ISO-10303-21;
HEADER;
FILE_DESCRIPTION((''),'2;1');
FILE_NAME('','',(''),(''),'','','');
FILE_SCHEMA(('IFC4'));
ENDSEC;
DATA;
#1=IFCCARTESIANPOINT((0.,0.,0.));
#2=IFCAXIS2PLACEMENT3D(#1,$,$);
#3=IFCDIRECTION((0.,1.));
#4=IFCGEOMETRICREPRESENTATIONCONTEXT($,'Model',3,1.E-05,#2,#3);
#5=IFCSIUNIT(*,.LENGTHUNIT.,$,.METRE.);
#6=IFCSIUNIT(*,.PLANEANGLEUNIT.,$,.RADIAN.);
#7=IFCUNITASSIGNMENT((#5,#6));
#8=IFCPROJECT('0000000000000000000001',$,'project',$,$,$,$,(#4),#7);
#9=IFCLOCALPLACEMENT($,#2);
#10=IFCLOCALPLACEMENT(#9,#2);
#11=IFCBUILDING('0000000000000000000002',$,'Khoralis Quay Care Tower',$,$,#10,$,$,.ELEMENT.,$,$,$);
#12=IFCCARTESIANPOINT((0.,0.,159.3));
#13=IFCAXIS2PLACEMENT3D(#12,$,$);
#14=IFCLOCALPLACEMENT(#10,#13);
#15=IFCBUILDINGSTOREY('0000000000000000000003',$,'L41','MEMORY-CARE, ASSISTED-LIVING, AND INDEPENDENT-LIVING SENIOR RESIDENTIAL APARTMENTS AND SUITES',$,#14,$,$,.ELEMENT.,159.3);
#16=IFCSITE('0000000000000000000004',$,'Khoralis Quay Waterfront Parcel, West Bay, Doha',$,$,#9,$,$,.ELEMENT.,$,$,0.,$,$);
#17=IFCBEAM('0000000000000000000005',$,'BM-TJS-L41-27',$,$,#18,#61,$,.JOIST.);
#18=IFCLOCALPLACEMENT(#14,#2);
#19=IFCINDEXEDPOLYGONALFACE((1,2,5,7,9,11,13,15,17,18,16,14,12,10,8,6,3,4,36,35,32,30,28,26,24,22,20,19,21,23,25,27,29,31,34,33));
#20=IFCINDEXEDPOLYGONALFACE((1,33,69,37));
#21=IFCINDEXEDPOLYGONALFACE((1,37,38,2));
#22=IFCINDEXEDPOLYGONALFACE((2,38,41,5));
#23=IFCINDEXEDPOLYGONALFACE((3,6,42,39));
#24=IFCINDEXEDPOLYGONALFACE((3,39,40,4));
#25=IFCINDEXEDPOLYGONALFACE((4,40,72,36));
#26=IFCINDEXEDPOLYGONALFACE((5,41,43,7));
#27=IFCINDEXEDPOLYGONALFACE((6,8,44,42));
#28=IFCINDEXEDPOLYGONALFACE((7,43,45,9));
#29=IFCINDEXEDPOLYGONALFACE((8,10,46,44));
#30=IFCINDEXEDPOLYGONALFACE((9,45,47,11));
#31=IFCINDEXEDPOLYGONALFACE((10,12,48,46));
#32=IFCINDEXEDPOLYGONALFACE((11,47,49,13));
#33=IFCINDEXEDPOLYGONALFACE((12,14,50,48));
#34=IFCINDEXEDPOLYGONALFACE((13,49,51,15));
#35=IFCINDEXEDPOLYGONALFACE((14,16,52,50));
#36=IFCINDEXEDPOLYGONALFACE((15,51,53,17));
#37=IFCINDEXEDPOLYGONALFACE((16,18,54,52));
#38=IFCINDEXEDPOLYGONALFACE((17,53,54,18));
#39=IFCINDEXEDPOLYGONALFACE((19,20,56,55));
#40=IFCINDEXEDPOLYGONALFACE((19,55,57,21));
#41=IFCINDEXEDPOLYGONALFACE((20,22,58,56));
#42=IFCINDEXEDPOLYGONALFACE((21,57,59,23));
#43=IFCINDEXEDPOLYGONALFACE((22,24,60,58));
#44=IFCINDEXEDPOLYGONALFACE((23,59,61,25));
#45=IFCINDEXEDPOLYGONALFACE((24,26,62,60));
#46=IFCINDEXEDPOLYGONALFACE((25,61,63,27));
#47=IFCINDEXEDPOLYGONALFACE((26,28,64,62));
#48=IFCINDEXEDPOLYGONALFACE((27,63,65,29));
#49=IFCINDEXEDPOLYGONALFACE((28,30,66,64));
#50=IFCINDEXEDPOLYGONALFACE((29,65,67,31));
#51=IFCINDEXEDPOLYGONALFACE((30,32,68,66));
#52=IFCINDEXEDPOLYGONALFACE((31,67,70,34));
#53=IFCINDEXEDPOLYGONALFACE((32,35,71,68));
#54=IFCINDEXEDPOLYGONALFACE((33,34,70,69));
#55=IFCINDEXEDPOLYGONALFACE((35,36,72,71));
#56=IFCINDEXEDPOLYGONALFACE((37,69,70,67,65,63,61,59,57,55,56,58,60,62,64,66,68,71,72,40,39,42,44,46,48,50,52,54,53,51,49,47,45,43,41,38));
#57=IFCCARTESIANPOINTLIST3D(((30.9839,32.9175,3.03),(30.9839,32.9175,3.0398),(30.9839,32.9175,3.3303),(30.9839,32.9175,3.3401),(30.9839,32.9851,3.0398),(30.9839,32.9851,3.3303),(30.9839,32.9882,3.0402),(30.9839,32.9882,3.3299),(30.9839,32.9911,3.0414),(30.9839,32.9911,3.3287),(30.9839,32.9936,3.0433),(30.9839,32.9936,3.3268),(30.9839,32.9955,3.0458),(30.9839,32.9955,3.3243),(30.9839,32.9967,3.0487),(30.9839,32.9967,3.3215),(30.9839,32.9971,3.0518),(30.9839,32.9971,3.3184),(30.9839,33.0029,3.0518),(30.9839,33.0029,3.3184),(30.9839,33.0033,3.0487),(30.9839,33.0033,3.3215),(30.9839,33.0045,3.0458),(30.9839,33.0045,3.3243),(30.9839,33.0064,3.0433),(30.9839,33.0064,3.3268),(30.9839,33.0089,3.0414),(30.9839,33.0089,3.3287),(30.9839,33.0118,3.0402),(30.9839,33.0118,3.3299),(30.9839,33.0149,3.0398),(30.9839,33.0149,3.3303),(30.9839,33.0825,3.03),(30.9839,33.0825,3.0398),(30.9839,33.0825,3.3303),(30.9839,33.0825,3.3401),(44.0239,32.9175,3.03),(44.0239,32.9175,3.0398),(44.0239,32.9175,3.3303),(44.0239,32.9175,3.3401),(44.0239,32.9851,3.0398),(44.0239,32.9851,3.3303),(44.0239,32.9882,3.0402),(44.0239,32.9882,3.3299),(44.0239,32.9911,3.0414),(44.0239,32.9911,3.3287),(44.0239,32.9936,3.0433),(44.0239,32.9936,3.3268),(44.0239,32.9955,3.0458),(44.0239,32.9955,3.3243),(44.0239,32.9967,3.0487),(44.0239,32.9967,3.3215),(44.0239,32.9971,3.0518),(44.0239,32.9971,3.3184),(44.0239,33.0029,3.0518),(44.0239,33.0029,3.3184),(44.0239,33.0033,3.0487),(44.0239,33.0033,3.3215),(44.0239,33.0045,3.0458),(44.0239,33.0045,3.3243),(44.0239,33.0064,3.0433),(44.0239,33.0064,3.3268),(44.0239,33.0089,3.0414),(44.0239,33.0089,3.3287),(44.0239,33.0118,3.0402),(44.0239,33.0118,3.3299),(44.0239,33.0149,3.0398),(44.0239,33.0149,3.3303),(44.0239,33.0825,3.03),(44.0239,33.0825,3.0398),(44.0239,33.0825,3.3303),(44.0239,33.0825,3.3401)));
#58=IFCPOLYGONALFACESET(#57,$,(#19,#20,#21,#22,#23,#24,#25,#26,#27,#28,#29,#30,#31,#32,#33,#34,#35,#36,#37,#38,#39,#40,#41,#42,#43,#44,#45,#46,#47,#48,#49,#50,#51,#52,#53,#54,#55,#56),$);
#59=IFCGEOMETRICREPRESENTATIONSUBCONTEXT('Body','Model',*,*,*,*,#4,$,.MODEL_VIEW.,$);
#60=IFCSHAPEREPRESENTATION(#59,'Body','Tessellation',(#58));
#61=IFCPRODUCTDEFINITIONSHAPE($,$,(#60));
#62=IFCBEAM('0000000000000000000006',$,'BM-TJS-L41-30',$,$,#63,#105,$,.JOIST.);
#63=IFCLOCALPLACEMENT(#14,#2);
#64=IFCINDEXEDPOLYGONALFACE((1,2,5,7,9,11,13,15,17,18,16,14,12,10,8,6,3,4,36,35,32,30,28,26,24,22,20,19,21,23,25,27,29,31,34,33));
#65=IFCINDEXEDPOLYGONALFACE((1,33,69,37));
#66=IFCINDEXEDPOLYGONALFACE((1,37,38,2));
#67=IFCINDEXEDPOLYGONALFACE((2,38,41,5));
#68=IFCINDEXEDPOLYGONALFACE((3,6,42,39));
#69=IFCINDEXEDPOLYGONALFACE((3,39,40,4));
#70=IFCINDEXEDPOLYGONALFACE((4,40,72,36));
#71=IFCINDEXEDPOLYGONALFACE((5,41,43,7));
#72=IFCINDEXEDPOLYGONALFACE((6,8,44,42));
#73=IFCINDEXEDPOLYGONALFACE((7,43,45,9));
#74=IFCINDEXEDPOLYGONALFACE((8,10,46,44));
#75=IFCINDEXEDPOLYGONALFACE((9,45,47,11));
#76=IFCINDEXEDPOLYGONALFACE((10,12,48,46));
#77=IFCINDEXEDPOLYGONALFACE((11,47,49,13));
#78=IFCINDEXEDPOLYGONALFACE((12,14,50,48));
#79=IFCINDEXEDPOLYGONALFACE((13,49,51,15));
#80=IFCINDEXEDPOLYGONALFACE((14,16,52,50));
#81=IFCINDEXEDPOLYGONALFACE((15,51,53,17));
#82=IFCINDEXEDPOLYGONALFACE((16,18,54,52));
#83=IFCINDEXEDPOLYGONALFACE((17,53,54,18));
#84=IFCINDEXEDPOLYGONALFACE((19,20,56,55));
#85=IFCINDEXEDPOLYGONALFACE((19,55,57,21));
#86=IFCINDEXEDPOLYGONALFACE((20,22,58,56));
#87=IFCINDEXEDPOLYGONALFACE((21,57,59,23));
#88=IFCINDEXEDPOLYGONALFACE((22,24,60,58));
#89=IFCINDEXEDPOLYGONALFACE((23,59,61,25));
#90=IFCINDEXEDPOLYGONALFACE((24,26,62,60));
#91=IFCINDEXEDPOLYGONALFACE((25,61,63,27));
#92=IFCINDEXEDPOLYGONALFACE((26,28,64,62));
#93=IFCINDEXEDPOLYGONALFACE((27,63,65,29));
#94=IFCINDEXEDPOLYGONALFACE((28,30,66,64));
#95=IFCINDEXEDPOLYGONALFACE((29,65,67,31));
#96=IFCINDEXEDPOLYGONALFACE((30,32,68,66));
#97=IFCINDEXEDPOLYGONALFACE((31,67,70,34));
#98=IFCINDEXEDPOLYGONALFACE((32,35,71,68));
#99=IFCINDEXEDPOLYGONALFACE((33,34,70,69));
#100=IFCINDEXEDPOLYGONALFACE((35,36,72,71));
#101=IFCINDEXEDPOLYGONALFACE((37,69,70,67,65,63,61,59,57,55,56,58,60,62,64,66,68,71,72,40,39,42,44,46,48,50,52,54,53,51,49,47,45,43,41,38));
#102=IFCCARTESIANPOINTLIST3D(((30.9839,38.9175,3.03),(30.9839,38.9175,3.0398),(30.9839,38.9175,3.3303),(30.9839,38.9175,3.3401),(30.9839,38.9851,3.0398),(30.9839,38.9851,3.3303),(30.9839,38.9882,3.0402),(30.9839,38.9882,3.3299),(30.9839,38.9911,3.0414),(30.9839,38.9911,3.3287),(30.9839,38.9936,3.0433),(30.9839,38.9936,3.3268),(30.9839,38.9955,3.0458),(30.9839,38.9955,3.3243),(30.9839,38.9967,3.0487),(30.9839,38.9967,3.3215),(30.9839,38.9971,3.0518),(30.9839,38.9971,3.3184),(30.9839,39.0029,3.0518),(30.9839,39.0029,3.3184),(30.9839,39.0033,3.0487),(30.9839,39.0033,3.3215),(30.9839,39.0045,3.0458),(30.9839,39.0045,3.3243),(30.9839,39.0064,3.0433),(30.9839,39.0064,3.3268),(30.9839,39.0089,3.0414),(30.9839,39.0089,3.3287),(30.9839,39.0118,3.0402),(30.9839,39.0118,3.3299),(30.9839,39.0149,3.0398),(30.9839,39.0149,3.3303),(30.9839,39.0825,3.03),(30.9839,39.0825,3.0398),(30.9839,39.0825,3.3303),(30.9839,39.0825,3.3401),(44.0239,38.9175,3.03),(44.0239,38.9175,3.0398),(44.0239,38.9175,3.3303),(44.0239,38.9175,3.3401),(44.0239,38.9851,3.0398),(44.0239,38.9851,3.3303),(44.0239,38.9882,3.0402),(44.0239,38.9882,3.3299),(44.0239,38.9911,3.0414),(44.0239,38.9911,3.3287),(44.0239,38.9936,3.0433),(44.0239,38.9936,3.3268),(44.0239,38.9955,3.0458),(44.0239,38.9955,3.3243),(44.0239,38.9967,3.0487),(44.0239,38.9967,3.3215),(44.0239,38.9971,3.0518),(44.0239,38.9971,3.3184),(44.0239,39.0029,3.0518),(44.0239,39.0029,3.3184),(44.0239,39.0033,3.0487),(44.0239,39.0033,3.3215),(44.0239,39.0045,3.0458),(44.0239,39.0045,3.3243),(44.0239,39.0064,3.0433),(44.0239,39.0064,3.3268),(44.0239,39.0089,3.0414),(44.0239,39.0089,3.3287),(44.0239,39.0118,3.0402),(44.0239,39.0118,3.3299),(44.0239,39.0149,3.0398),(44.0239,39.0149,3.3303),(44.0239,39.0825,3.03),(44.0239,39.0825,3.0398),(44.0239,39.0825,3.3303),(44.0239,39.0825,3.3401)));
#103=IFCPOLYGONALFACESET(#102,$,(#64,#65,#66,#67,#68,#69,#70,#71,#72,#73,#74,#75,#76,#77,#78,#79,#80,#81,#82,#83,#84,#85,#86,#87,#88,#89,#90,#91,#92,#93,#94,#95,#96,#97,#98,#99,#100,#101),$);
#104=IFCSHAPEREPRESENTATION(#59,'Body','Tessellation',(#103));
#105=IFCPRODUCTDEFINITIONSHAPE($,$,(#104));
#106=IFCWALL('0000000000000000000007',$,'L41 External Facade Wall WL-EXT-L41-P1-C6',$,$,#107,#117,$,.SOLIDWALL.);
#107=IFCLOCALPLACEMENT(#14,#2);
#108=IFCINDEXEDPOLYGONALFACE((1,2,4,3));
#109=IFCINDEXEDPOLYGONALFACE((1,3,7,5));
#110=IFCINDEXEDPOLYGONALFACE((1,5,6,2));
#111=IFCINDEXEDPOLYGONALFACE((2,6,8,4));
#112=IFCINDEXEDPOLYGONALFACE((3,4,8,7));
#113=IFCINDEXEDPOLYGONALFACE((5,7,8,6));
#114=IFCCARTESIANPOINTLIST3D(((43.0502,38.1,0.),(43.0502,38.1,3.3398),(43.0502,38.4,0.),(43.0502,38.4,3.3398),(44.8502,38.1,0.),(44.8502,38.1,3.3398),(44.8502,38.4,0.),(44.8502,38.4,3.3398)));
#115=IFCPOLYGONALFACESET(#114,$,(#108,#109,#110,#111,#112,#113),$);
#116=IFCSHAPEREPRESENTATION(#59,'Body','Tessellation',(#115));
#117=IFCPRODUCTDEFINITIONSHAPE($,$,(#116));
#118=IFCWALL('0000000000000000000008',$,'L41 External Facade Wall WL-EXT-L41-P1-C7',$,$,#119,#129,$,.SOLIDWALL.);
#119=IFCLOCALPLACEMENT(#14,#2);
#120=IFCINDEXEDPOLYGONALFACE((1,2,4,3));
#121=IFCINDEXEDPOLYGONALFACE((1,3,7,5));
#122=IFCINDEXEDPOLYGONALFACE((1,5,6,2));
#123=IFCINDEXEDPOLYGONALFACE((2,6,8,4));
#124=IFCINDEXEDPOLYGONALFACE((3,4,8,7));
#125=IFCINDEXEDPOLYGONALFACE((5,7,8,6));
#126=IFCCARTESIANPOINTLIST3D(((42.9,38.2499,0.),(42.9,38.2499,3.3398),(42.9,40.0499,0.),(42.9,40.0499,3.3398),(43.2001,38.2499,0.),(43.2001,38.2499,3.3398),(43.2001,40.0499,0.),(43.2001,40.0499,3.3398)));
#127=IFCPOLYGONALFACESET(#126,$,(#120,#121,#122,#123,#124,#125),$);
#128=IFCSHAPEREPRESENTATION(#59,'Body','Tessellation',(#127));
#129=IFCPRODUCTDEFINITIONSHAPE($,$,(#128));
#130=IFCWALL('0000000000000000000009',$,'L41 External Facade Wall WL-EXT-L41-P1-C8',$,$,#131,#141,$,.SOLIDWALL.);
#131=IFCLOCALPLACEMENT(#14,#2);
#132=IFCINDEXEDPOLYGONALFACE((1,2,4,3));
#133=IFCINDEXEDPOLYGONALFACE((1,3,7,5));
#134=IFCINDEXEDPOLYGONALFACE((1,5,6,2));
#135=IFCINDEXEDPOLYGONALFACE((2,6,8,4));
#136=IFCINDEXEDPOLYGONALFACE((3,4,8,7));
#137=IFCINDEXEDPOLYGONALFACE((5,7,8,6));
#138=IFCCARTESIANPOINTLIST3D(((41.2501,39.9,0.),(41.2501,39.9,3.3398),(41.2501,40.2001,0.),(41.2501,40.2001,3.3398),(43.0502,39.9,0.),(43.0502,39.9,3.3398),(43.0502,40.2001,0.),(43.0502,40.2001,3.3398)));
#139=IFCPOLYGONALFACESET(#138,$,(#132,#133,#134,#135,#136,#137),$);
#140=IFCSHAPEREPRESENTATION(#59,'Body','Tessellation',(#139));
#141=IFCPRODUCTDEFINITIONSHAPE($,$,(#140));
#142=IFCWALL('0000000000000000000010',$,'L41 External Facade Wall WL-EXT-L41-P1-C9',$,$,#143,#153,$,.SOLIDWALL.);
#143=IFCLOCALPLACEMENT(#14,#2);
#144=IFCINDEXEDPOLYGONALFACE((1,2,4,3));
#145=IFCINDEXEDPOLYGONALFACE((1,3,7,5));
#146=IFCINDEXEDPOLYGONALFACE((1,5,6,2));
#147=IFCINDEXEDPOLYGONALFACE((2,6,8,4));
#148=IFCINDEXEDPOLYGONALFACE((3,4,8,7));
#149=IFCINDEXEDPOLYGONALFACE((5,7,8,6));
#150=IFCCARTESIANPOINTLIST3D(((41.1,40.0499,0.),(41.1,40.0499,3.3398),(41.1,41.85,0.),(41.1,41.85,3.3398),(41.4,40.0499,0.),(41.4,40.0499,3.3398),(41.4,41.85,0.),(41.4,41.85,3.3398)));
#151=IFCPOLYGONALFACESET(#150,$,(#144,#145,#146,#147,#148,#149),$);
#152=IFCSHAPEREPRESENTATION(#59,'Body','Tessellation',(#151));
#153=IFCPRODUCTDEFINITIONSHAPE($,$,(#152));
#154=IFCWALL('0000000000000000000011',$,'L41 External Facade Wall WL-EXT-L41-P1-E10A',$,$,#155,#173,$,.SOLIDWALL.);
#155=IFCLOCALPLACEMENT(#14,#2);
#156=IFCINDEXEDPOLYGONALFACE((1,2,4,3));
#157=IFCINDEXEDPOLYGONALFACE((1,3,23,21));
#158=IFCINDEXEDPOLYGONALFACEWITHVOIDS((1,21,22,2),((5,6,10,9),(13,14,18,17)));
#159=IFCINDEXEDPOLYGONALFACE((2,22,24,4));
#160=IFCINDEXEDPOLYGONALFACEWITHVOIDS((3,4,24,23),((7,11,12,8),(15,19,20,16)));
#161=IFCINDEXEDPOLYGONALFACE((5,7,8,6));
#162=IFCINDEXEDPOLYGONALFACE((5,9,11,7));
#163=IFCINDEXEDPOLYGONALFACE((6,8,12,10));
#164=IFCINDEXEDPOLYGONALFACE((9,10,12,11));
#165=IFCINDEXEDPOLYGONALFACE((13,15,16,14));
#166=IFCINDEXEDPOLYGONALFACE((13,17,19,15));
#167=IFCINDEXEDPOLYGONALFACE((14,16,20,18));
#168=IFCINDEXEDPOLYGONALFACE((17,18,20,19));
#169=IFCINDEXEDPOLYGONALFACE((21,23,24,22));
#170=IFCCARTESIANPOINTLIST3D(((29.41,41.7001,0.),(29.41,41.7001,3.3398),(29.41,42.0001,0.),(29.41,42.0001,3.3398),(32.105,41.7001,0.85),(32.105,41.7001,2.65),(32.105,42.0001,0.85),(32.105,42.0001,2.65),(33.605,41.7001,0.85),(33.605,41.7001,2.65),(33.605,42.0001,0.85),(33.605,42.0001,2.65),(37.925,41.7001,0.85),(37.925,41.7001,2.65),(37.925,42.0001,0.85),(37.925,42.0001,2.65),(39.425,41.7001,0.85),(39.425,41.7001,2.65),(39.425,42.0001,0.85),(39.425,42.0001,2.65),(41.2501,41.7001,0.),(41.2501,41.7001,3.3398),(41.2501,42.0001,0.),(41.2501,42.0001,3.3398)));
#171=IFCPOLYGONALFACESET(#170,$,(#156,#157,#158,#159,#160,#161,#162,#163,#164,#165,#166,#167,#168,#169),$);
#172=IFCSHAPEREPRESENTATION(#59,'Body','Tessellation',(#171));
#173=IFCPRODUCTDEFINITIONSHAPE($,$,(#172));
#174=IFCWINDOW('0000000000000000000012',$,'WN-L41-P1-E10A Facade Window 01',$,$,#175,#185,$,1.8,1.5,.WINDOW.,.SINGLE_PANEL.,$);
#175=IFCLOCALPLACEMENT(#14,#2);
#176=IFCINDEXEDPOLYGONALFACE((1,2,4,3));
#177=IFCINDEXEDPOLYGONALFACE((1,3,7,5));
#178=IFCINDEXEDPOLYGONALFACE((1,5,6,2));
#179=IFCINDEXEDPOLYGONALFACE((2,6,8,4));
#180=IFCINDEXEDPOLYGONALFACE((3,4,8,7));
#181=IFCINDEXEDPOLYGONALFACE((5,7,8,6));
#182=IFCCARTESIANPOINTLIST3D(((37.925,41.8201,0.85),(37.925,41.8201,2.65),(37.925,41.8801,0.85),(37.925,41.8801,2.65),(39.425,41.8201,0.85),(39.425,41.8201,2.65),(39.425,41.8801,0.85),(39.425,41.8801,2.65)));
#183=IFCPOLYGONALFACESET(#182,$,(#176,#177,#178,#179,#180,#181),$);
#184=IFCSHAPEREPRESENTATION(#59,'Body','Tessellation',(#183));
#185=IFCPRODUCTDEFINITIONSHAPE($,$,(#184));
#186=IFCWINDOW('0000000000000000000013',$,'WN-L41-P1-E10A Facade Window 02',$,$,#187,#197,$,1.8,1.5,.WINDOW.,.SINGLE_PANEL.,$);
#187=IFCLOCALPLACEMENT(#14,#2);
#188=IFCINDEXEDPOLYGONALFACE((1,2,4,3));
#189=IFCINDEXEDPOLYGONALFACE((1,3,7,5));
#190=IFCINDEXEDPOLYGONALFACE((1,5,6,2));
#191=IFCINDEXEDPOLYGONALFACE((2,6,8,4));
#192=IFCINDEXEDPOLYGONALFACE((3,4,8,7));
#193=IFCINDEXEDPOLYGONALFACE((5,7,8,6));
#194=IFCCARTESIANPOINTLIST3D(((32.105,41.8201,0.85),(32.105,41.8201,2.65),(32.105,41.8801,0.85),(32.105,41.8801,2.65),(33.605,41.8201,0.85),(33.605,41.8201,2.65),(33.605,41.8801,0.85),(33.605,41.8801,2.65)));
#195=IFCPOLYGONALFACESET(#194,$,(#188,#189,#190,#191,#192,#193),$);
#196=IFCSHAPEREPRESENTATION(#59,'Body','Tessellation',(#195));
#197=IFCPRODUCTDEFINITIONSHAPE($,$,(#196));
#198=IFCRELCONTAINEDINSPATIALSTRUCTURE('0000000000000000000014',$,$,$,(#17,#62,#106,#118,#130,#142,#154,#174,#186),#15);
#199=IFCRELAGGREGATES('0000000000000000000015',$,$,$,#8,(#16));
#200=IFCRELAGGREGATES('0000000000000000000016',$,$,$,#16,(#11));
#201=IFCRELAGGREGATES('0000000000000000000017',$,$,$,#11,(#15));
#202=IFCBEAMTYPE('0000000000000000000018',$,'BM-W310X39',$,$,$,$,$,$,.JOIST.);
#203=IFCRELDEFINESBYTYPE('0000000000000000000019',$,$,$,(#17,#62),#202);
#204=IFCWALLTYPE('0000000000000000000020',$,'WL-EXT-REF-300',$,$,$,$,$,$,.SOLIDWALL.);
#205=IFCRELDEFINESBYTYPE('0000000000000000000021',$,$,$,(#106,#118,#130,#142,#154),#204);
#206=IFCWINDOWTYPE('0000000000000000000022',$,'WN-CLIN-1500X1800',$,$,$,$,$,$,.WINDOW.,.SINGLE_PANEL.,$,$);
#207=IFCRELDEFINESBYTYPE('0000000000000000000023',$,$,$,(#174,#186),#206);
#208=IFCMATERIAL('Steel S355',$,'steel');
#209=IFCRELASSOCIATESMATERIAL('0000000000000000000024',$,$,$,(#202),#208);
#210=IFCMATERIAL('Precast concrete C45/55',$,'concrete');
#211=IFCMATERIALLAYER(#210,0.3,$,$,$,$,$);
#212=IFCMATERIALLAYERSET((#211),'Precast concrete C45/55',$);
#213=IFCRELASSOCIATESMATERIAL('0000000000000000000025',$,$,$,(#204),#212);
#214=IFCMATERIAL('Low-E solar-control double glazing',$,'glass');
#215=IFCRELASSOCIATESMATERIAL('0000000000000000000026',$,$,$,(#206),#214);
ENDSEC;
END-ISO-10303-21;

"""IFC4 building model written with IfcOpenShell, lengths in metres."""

from ifc_helpers import new_model, si_unit, direction, frame, frame_2d, origin, origin_2d, place, context, subcontext, project, spatial, rectangle, i_section, extrude, source, transform, mapped, material, layer, layer_set, material_profile, profile_set, type_object, element, fill, save


model = new_model("IFC4")

# Units and contexts
model_context = context("Model", 3, precision=1e-05, world=origin(), true_north=direction((0.0, 1.0)))
body_context = subcontext(model_context, "Body", "Model", "MODEL_VIEW")
ifc_project = project(units=[si_unit("LENGTHUNIT", "METRE"), si_unit("PLANEANGLEUNIT", "RADIAN")], contexts=[model_context])

# Site, building, storey
site_placement = place(None, origin())
site = spatial("IfcSite", under=ifc_project, at=site_placement, Name="Khoralis Quay Waterfront Parcel, West Bay, Doha", CompositionType="ELEMENT", RefElevation=0.0)
building_placement = place(site_placement, origin())
building = spatial("IfcBuilding", under=site, at=building_placement, Name="Khoralis Quay Care Tower", CompositionType="ELEMENT")
storey_placement = place(building_placement, frame((0.0, 0.0, 159.3)))
storey = spatial("IfcBuildingStorey", under=building, at=storey_placement, Name="L41", Description="MEMORY-CARE, ASSISTED-LIVING, AND INDEPENDENT-LIVING SENIOR RESIDENTIAL APARTMENTS AND SUITES", CompositionType="ELEMENT", Elevation=159.3)

# Beams
ifc_material_1 = material(Name="Steel S355", Category="steel")
ifc_material_profile_1 = material_profile(ifc_material_1, i_section(OverallWidth=0.165, OverallDepth=0.3101, WebThickness=0.0059, FlangeThickness=0.0098, FilletRadius=0.012, at=origin_2d()), Name="Steel S355")
ifc_profile_set_1 = profile_set([ifc_material_profile_1], Name="Steel S355")
beam_type_1 = type_object("IfcBeamType", Name="BM-W310X39", PredefinedType="JOIST", material=ifc_profile_set_1)
shared_shape_1 = source(origin(), body_context, "Body", "SweptSolid", [
    extrude(i_section(OverallWidth=0.165, OverallDepth=0.3101, WebThickness=0.0059, FlangeThickness=0.0098, FilletRadius=0.012, at=origin_2d()), origin(), (0.0, 0.0, 1.0), 13.04),
])
for number, where, z_axis, x_axis, name in (
    (1, (30.9839, 33.0, 3.1851), (1.0, 0.0, 0.0), (0.0, 1.0, 0.0), "BM-TJS-L41-27"),
    (2, (30.9839, 39.0, 3.1851), (1.0, 0.0, 0.0), (0.0, 1.0, 0.0), "BM-TJS-L41-30"),
):
    element("IfcBeam", number, at=place(storey_placement, frame(where, z_axis=z_axis, x_axis=x_axis)), inside=storey, type_object=beam_type_1, Name=name, PredefinedType="JOIST", context=body_context, shape_type="MappedRepresentation", body=[
        mapped(shared_shape_1, transform((0.0, 0.0, 0.0), scale=1.0)),
    ])

# Walls
ifc_material_2 = material(Name="Precast concrete C45/55", Category="concrete")
ifc_layer_1 = layer(ifc_material_2, 0.3)
ifc_layer_set_1 = layer_set([ifc_layer_1], Name="Precast concrete C45/55")
wall_type_1 = type_object("IfcWallType", Name="WL-EXT-REF-300", PredefinedType="SOLIDWALL", material=ifc_layer_set_1)
for number, where, z_axis, x_axis, name in (
    (3, (44.8501, 38.25, 0.0), (0.0, 0.0, 1.0), (-1.0, 0.0, 0.0), "L41 External Facade Wall WL-EXT-L41-P1-C6"),
    (4, (43.05, 38.25, 0.0), (0.0, 0.0, 1.0), (0.0, 1.0, 0.0), "L41 External Facade Wall WL-EXT-L41-P1-C7"),
    (5, (43.05, 40.05, 0.0), (0.0, 0.0, 1.0), (-1.0, 0.0, 0.0), "L41 External Facade Wall WL-EXT-L41-P1-C8"),
    (6, (41.25, 40.05, 0.0), (0.0, 0.0, 1.0), (0.0, 1.0, 0.0), "L41 External Facade Wall WL-EXT-L41-P1-C9"),
):
    element("IfcWall", number, at=place(storey_placement, frame(where, z_axis=z_axis, x_axis=x_axis)), inside=storey, type_object=wall_type_1, Name=name, PredefinedType="SOLIDWALL", context=body_context, shape_type="SweptSolid", body=[
        extrude(rectangle(XDim=1.8, YDim=0.3, at=frame_2d((0.8999, 0.0))), origin(), (0.0, 0.0, 1.0), 3.3398),
    ])

# Wall, openings, windows
wall_1_placement = place(storey_placement, frame((41.25, 41.8501, 0.0), z_axis=(0.0, 0.0, 1.0), x_axis=(-1.0, 0.0, 0.0)))
wall_1 = element("IfcWall", 7, at=wall_1_placement, inside=storey, type_object=wall_type_1, Name="L41 External Facade Wall WL-EXT-L41-P1-E10A", PredefinedType="SOLIDWALL", context=body_context, shape_type="SweptSolid", body=[
    extrude(rectangle(XDim=11.8401, YDim=0.3, at=frame_2d((5.9199, 0.0))), origin(), (0.0, 0.0, 1.0), 3.3398),
])
opening_1_placement = place(wall_1_placement, frame((1.825, 0.0, 0.8501)))
opening_1 = element("IfcOpeningElement", 8, at=opening_1_placement, cuts=wall_1, PredefinedType="OPENING", context=body_context, shape_type="SweptSolid", body=[
    extrude(rectangle(XDim=1.5, YDim=1.8, at=frame_2d((0.75, 0.8999))), frame((0.0, 0.1602, 0.0), z_axis=(0.0, -1.0, 0.0), x_axis=(1.0, 0.0, 0.0)), (0.0, 0.0, 1.0), 0.3201),
])
opening_2_placement = place(wall_1_placement, frame((7.645, 0.0, 0.8501)))
opening_2 = element("IfcOpeningElement", 9, at=opening_2_placement, cuts=wall_1, PredefinedType="OPENING", context=body_context, shape_type="SweptSolid", body=[
    extrude(rectangle(XDim=1.5, YDim=1.8, at=frame_2d((0.75, 0.8999))), frame((0.0, 0.1602, 0.0), z_axis=(0.0, -1.0, 0.0), x_axis=(1.0, 0.0, 0.0)), (0.0, 0.0, 1.0), 0.3201),
])
ifc_material_3 = material(Name="Low-E solar-control double glazing", Category="glass")
window_type = type_object("IfcWindowType", Name="WN-CLIN-1500X1800", PartitioningType="SINGLE_PANEL", PredefinedType="WINDOW", material=ifc_material_3)
shared_shape_2 = source(origin(), body_context, "Body", "SweptSolid", [
    extrude(rectangle(XDim=1.5, YDim=1.8, at=frame_2d((0.75, 0.8999))), frame((0.0, 0.03, 0.0), z_axis=(0.0, -1.0, 0.0), x_axis=(1.0, 0.0, 0.0)), (0.0, 0.0, 1.0), 0.0601),
])
window_1_placement = place(opening_1_placement, origin())
window_1 = element("IfcWindow", 10, at=window_1_placement, inside=storey, type_object=window_type, Name="WN-L41-P1-E10A Facade Window 01", OverallHeight=1.8, OverallWidth=1.5, PartitioningType="SINGLE_PANEL", PredefinedType="WINDOW", context=body_context, shape_type="MappedRepresentation", body=[
    mapped(shared_shape_2, transform((0.0, 0.0, 0.0), scale=1.0)),
])
fill(opening_1, window_1)
window_2_placement = place(opening_2_placement, origin())
window_2 = element("IfcWindow", 11, at=window_2_placement, inside=storey, type_object=window_type, Name="WN-L41-P1-E10A Facade Window 02", OverallHeight=1.8, OverallWidth=1.5, PartitioningType="SINGLE_PANEL", PredefinedType="WINDOW", context=body_context, shape_type="MappedRepresentation", body=[
    mapped(shared_shape_2, transform((0.0, 0.0, 0.0), scale=1.0)),
])
fill(opening_2, window_2)

save(model, "model.ifc")
